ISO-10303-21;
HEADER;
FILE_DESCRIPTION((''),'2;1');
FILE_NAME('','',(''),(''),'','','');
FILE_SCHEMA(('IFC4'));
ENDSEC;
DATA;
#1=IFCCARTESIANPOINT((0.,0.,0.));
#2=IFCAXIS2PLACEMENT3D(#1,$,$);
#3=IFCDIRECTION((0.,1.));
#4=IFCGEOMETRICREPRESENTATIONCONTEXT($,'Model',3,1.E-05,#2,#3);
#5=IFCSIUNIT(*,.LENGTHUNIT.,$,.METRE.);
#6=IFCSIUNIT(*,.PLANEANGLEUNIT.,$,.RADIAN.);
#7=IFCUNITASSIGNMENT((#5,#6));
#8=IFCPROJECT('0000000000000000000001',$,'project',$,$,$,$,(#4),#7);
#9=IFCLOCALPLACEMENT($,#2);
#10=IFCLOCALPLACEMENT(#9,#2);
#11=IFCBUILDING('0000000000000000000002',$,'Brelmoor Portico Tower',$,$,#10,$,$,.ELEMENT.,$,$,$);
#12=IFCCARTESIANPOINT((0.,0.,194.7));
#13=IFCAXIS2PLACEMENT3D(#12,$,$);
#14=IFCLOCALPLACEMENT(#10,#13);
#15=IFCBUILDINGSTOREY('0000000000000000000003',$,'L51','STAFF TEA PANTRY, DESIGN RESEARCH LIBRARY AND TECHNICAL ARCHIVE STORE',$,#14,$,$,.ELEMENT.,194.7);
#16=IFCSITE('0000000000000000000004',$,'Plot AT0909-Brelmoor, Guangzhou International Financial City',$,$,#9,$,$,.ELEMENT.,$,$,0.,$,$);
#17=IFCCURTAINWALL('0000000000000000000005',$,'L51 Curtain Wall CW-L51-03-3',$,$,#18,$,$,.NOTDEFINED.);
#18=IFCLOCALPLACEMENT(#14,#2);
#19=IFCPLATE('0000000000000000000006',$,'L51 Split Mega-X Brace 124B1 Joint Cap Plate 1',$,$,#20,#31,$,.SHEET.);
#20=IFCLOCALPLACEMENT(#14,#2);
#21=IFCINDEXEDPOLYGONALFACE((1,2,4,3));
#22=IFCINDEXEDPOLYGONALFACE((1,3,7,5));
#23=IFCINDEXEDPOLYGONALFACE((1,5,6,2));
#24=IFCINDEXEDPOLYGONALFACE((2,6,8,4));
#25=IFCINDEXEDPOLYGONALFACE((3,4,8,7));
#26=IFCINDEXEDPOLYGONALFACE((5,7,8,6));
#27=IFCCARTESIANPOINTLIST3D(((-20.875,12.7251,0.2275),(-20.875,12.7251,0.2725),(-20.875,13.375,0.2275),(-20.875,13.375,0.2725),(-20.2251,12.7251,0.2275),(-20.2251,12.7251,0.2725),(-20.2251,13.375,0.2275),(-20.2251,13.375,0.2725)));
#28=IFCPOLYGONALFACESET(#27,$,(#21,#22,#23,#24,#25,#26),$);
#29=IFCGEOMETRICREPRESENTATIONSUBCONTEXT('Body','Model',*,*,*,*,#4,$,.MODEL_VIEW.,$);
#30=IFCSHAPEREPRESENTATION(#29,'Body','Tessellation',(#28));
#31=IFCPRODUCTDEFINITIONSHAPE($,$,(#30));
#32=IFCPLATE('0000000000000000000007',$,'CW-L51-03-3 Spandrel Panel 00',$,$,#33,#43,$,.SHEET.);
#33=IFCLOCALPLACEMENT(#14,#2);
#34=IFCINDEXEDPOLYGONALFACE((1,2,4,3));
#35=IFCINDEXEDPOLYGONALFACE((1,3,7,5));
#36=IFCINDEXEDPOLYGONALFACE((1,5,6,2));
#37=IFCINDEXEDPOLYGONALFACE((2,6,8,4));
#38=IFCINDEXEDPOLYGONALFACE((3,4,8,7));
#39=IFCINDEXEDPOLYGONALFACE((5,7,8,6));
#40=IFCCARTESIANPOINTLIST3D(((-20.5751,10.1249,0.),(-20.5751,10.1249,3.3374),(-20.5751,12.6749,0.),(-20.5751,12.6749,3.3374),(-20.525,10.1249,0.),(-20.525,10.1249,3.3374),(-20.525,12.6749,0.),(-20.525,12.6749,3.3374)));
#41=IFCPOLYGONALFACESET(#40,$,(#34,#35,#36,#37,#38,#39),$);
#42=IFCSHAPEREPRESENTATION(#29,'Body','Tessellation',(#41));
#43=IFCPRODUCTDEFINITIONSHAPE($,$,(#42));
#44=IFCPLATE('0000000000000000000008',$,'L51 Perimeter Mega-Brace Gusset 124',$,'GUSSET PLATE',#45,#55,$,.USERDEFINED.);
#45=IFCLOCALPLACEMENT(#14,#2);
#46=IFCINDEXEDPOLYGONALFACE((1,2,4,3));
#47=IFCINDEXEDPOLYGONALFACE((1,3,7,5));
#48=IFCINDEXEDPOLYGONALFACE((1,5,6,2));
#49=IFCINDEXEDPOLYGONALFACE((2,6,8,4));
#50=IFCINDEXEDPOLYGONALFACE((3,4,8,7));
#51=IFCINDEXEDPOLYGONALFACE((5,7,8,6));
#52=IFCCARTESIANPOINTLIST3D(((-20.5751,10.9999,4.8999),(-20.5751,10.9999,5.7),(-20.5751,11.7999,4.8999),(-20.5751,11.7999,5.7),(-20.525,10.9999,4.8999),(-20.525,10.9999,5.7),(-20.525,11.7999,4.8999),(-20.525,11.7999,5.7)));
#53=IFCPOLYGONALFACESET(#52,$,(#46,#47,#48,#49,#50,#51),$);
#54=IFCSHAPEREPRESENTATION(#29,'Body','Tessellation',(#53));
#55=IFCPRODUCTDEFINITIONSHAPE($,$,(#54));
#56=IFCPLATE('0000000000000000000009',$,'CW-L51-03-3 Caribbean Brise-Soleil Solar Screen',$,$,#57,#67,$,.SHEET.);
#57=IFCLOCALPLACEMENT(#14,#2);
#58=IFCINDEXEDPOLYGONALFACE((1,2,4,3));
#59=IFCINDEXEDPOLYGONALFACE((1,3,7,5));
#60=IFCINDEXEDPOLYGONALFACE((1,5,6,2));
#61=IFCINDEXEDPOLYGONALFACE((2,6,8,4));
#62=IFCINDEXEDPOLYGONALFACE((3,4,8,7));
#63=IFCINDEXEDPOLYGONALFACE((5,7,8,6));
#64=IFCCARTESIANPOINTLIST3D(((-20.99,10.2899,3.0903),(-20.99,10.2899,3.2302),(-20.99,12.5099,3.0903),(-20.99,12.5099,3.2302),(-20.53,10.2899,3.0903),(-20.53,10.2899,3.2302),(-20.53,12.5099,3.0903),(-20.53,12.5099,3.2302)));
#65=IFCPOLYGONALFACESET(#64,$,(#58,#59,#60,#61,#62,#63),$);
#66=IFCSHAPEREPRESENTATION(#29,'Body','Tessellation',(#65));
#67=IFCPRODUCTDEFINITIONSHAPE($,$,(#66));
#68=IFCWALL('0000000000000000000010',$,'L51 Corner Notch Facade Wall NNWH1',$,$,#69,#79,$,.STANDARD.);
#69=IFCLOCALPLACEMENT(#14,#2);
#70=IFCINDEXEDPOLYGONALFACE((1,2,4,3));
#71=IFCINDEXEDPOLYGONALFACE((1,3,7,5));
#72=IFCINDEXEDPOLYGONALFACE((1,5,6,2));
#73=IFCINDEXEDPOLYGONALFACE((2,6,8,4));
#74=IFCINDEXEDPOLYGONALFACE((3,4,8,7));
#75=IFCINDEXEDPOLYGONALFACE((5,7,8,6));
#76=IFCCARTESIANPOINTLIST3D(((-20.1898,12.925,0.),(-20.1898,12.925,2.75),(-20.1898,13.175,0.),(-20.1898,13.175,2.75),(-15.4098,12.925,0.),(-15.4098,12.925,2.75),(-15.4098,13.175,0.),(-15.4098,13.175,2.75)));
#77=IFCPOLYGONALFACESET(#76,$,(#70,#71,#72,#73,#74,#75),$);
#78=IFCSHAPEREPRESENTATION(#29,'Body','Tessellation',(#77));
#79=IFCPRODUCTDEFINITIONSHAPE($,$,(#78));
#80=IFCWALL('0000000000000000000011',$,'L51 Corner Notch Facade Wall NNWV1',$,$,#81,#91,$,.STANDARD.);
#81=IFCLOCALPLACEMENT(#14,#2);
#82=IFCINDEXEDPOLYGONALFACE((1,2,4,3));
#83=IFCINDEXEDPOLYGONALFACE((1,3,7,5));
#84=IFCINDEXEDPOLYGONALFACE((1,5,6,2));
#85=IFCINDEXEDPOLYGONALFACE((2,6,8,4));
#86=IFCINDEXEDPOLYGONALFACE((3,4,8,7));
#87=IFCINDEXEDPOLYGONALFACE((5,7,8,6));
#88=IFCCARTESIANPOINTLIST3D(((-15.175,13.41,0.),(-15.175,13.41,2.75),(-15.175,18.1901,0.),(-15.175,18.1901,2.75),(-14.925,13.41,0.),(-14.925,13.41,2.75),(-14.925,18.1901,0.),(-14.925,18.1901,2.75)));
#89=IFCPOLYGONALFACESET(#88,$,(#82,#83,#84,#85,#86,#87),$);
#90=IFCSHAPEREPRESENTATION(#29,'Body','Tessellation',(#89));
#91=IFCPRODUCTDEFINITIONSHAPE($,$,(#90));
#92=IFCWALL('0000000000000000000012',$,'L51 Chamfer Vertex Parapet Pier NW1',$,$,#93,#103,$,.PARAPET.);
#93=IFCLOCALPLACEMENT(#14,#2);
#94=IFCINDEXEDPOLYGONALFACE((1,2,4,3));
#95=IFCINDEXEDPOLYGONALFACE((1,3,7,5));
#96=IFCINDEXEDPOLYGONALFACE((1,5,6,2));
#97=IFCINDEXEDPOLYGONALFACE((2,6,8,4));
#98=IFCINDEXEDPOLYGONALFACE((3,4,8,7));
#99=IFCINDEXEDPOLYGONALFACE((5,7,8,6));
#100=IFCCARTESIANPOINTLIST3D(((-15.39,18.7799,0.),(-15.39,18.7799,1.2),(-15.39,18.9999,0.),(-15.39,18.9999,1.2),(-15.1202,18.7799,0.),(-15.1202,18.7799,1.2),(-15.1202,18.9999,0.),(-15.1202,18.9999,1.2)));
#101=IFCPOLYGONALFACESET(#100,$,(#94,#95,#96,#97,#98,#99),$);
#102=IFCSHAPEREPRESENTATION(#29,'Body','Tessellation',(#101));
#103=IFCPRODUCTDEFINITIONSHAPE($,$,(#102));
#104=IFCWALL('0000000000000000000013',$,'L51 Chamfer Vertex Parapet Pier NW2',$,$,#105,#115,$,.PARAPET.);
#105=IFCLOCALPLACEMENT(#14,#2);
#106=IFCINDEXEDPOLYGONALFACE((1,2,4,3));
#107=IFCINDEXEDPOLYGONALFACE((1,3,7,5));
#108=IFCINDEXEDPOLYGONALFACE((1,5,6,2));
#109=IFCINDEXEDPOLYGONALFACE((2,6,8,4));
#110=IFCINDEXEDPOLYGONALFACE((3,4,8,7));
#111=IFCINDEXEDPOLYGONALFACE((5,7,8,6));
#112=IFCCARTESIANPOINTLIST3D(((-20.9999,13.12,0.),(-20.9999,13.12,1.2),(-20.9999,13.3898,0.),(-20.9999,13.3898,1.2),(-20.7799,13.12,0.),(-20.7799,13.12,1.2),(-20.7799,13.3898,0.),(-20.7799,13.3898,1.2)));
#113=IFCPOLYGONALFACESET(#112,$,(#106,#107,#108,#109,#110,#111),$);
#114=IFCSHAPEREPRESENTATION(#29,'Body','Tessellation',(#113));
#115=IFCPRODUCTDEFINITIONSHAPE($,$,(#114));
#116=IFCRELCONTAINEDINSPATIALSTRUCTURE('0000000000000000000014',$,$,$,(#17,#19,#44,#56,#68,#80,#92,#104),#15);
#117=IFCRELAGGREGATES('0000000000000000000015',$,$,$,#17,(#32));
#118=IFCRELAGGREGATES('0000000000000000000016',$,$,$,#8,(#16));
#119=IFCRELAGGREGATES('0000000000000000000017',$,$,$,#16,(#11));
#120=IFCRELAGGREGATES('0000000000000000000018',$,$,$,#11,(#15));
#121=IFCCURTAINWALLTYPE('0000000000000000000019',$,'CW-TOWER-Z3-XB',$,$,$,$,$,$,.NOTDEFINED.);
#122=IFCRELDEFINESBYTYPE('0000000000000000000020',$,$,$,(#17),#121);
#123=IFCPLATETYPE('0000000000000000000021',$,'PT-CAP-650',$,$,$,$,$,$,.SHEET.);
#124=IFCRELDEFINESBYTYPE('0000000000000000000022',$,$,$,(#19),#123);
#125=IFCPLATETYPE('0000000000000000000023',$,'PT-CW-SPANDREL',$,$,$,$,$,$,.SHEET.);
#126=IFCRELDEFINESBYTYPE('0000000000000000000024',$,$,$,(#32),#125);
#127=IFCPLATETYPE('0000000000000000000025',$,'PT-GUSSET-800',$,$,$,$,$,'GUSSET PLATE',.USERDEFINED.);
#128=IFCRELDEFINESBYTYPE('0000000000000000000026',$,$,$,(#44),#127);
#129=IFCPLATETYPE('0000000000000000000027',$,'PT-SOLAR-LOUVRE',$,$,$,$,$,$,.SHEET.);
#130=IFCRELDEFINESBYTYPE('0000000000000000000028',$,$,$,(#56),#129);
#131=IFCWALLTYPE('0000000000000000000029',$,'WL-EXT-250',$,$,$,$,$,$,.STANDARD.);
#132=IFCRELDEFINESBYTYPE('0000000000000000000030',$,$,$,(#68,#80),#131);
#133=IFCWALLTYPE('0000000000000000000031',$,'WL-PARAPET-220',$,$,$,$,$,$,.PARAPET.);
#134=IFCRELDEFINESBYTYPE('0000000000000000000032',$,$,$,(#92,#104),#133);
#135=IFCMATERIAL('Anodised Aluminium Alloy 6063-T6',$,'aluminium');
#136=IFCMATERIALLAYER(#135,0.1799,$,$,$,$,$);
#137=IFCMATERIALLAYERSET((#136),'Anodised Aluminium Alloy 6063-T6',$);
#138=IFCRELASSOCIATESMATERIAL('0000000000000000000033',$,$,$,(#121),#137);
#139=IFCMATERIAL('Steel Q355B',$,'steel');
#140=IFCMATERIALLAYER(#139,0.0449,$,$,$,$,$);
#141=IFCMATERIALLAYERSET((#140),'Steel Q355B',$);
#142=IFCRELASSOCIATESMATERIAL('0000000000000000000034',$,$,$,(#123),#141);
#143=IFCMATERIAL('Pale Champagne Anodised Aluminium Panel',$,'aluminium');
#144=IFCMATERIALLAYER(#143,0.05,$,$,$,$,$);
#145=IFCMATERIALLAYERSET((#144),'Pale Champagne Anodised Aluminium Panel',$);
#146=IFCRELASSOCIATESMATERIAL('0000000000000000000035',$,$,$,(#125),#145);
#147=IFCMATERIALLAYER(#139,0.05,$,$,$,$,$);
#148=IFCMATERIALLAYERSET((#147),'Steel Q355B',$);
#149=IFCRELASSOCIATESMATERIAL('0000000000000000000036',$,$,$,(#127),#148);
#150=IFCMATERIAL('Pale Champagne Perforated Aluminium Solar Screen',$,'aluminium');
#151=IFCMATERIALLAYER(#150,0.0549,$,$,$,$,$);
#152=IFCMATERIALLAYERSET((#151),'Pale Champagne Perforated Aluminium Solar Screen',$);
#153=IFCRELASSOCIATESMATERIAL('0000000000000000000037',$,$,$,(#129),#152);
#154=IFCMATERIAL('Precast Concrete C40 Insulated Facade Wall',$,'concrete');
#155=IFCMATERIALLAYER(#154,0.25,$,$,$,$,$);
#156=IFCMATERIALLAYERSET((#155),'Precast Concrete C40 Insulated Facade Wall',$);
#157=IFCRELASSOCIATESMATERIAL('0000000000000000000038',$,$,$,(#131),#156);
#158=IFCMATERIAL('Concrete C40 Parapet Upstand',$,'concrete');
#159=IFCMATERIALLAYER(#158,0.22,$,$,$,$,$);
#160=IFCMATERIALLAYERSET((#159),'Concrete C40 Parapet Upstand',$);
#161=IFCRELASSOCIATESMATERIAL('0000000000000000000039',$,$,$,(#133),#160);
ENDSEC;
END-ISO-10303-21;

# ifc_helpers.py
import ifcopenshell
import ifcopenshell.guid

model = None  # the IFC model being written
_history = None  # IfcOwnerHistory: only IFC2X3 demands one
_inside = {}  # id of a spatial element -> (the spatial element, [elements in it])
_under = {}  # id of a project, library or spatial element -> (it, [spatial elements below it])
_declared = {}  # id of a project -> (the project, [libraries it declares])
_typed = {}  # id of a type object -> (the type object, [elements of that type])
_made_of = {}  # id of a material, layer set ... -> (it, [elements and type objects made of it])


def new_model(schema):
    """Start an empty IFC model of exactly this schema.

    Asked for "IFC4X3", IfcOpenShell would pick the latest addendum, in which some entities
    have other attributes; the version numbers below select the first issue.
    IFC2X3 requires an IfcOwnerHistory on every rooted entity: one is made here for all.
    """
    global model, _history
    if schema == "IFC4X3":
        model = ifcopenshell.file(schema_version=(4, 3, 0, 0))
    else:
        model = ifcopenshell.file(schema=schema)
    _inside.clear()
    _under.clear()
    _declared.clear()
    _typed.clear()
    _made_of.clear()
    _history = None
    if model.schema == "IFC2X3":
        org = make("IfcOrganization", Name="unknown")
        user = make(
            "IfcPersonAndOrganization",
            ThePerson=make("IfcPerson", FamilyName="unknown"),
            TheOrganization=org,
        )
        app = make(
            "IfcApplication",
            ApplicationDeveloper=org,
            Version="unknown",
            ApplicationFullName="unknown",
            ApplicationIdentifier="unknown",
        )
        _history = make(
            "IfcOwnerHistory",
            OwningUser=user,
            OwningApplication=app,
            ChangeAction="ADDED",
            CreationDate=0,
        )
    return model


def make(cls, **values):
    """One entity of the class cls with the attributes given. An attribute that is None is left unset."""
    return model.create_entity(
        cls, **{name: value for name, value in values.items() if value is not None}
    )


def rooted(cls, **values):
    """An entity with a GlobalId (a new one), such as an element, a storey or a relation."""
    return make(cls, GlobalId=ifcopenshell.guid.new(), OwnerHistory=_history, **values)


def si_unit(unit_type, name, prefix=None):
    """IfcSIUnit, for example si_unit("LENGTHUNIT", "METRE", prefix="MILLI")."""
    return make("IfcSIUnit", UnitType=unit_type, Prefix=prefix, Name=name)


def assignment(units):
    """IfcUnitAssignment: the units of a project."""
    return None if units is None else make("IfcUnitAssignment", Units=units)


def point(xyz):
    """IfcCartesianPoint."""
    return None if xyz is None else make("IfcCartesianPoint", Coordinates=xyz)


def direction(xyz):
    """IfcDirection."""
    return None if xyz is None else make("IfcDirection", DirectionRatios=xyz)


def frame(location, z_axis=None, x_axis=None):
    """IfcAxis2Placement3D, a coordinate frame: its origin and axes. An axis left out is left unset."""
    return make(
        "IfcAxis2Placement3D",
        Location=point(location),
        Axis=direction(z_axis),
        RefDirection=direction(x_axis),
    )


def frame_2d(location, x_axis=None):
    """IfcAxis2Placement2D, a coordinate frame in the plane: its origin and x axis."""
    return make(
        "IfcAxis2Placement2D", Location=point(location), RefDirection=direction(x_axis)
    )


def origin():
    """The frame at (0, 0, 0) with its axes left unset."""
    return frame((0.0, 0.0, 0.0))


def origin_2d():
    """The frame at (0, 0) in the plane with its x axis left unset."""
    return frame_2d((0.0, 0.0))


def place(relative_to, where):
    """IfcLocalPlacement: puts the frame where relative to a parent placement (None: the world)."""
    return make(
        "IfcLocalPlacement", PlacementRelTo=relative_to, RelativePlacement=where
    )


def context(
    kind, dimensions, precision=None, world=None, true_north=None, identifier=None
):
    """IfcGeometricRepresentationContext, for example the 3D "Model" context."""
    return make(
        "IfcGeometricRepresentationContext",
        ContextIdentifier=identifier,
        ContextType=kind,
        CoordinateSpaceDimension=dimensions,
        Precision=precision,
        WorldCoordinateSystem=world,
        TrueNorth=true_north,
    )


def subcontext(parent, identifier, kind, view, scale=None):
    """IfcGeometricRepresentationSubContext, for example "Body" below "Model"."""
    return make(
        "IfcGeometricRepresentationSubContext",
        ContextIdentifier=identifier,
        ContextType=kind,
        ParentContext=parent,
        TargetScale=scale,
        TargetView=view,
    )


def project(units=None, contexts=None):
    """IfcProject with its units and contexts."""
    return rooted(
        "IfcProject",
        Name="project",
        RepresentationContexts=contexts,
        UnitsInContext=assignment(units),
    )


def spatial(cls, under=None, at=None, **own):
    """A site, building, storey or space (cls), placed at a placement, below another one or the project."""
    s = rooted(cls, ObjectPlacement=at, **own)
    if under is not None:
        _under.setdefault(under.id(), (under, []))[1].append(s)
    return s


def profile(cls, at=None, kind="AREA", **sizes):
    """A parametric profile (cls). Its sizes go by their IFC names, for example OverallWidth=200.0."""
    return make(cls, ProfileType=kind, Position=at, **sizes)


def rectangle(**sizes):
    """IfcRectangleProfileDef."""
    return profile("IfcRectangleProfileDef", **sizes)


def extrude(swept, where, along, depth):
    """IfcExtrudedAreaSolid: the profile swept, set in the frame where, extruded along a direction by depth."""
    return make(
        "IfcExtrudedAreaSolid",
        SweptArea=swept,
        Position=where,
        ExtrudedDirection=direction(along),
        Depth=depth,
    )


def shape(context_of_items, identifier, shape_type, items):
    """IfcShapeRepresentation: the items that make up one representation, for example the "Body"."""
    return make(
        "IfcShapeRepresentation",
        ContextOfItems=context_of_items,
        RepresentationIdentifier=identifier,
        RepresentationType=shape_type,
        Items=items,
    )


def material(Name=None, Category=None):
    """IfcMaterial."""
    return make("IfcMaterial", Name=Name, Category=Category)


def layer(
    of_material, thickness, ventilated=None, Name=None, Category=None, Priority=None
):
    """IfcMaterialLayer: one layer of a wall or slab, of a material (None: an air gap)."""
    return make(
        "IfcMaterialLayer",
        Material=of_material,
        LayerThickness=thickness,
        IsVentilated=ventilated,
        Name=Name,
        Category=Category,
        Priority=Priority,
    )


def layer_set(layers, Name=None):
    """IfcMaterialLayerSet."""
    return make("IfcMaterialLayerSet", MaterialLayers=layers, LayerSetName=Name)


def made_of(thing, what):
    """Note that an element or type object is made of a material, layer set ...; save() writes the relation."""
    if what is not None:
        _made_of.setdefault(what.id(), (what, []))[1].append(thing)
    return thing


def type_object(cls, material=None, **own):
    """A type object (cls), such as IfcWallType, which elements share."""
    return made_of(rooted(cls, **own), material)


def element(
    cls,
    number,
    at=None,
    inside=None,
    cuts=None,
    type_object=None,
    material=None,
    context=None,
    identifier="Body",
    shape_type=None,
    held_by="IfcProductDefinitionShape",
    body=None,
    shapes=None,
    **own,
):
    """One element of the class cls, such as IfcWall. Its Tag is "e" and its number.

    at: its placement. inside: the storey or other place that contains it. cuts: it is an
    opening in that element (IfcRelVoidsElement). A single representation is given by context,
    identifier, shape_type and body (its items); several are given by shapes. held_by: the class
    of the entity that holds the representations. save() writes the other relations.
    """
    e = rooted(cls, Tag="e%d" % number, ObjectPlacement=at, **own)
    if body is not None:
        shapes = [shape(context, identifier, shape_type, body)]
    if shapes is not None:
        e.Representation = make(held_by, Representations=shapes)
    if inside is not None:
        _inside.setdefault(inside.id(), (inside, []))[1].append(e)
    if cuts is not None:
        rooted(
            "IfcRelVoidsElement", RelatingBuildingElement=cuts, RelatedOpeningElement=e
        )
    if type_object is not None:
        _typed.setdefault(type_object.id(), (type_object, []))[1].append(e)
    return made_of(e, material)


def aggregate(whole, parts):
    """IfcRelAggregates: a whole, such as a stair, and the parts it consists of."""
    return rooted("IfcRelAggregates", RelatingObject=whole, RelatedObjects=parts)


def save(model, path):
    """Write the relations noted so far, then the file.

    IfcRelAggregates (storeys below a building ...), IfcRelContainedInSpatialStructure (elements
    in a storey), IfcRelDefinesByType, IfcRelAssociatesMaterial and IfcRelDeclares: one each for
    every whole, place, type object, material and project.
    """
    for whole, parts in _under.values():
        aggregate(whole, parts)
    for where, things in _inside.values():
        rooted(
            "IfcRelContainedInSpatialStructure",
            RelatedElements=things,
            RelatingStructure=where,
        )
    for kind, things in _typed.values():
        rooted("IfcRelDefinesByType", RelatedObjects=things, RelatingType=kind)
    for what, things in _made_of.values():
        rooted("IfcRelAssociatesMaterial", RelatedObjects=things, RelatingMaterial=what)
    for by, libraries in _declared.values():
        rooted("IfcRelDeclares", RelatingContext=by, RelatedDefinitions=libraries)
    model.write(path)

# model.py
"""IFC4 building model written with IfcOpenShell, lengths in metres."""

from ifc_helpers import new_model, si_unit, direction, frame, frame_2d, origin, origin_2d, place, context, subcontext, project, spatial, rectangle, extrude, material, layer, layer_set, type_object, element, aggregate, save


model = new_model("IFC4")

# Units and contexts
model_context = context("Model", 3, precision=1e-05, world=origin(), true_north=direction((0.0, 1.0)))
body_context = subcontext(model_context, "Body", "Model", "MODEL_VIEW")
ifc_project = project(units=[si_unit("LENGTHUNIT", "METRE"), si_unit("PLANEANGLEUNIT", "RADIAN")], contexts=[model_context])

# Site, building, storey
site_placement = place(None, origin())
site = spatial("IfcSite", under=ifc_project, at=site_placement, Name="Plot AT0909-Brelmoor, Guangzhou International Financial City", CompositionType="ELEMENT", RefElevation=0.0)
building_placement = place(site_placement, origin())
building = spatial("IfcBuilding", under=site, at=building_placement, Name="Brelmoor Portico Tower", CompositionType="ELEMENT")
storey_placement = place(building_placement, frame((0.0, 0.0, 194.7)))
storey = spatial("IfcBuildingStorey", under=building, at=storey_placement, Name="L51", Description="STAFF TEA PANTRY, DESIGN RESEARCH LIBRARY AND TECHNICAL ARCHIVE STORE", CompositionType="ELEMENT", Elevation=194.7)

# Shared definitions
ifc_material_1 = material(Name="Steel Q355B", Category="steel")

# Curtain wall
ifc_material_2 = material(Name="Anodised Aluminium Alloy 6063-T6", Category="aluminium")
ifc_layer_1 = layer(ifc_material_2, 0.1799)
ifc_layer_set_1 = layer_set([ifc_layer_1], Name="Anodised Aluminium Alloy 6063-T6")
curtain_wall_type = type_object("IfcCurtainWallType", Name="CW-TOWER-Z3-XB", PredefinedType="NOTDEFINED", material=ifc_layer_set_1)
curtain_wall_1_placement = place(storey_placement, origin())
curtain_wall_1 = element("IfcCurtainWall", 1, at=curtain_wall_1_placement, inside=storey, type_object=curtain_wall_type, Name="L51 Curtain Wall CW-L51-03-3", PredefinedType="NOTDEFINED")

# Plate
ifc_layer_2 = layer(ifc_material_1, 0.0449)
ifc_layer_set_2 = layer_set([ifc_layer_2], Name="Steel Q355B")
plate_type_1 = type_object("IfcPlateType", Name="PT-CAP-650", PredefinedType="SHEET", material=ifc_layer_set_2)
for number, where, z_axis, x_axis, name in (
    (2, (-20.55, 13.05, 0.2275), (0.0, 0.0, 1.0), (1.0, 0.0, 0.0), "L51 Split Mega-X Brace 124B1 Joint Cap Plate 1"),
):
    element("IfcPlate", number, at=place(storey_placement, frame(where, z_axis=z_axis, x_axis=x_axis)), inside=storey, type_object=plate_type_1, Name=name, PredefinedType="SHEET", context=body_context, shape_type="SweptSolid", body=[
        extrude(rectangle(XDim=0.6499, YDim=0.6499, at=origin_2d()), origin(), (0.0, 0.0, 1.0), 0.0449),
    ])

# Plate
ifc_material_3 = material(Name="Pale Champagne Anodised Aluminium Panel", Category="aluminium")
ifc_layer_3 = layer(ifc_material_3, 0.05)
ifc_layer_set_3 = layer_set([ifc_layer_3], Name="Pale Champagne Anodised Aluminium Panel")
plate_type_2 = type_object("IfcPlateType", Name="PT-CW-SPANDREL", PredefinedType="SHEET", material=ifc_layer_set_3)
plate_1_placement = place(storey_placement, frame((-20.55, 11.3999, 0.0), z_axis=(0.0, 0.0, 1.0), x_axis=(0.0, 1.0, 0.0)))
plate_1 = element("IfcPlate", 3, at=plate_1_placement, type_object=plate_type_2, Name="CW-L51-03-3 Spandrel Panel 00", PredefinedType="SHEET", context=body_context, shape_type="SweptSolid", body=[
    extrude(rectangle(XDim=2.55, YDim=0.05, at=origin_2d()), origin(), (0.0, 0.0, 1.0), 3.3374),
])
aggregate(curtain_wall_1, [plate_1])

# Plates
ifc_layer_4 = layer(ifc_material_1, 0.05)
ifc_layer_set_4 = layer_set([ifc_layer_4], Name="Steel Q355B")
plate_type_3 = type_object("IfcPlateType", Name="PT-GUSSET-800", ElementType="GUSSET PLATE", PredefinedType="USERDEFINED", material=ifc_layer_set_4)
plate_2_placement = place(storey_placement, frame((-20.55, 11.3999, 4.8999), z_axis=(0.0, 0.0, 1.0), x_axis=(1.0, 0.0, 0.0)))
element("IfcPlate", 4, at=plate_2_placement, inside=storey, type_object=plate_type_3, Name="L51 Perimeter Mega-Brace Gusset 124", ObjectType="GUSSET PLATE", PredefinedType="USERDEFINED", context=body_context, shape_type="SweptSolid", body=[
    extrude(rectangle(XDim=0.05, YDim=0.8, at=origin_2d()), origin(), (0.0, 0.0, 1.0), 0.8),
])
ifc_material_4 = material(Name="Pale Champagne Perforated Aluminium Solar Screen", Category="aluminium")
ifc_layer_5 = layer(ifc_material_4, 0.0549)
ifc_layer_set_5 = layer_set([ifc_layer_5], Name="Pale Champagne Perforated Aluminium Solar Screen")
plate_type_4 = type_object("IfcPlateType", Name="PT-SOLAR-LOUVRE", PredefinedType="SHEET", material=ifc_layer_set_5)
plate_3_placement = place(storey_placement, frame((-20.76, 11.3999, 3.0903), z_axis=(0.0, 0.0, 1.0), x_axis=(0.0, 1.0, 0.0)))
element("IfcPlate", 5, at=plate_3_placement, inside=storey, type_object=plate_type_4, Name="CW-L51-03-3 Caribbean Brise-Soleil Solar Screen", PredefinedType="SHEET", context=body_context, shape_type="SweptSolid", body=[
    extrude(rectangle(XDim=2.22, YDim=0.46, at=origin_2d()), origin(), (0.0, 0.0, 1.0), 0.1399),
])

# Walls
ifc_material_5 = material(Name="Precast Concrete C40 Insulated Facade Wall", Category="concrete")
ifc_layer_6 = layer(ifc_material_5, 0.25)
ifc_layer_set_6 = layer_set([ifc_layer_6], Name="Precast Concrete C40 Insulated Facade Wall")
wall_type_1 = type_object("IfcWallType", Name="WL-EXT-250", PredefinedType="STANDARD", material=ifc_layer_set_6)
for number, where, z_axis, x_axis, name in (
    (6, (-20.1899, 13.05, 0.0), (0.0, 0.0, 1.0), (1.0, 0.0, 0.0), "L51 Corner Notch Facade Wall NNWH1"),
    (7, (-15.05, 13.4099, 0.0), (0.0, 0.0, 1.0), (0.0, 1.0, 0.0), "L51 Corner Notch Facade Wall NNWV1"),
):
    element("IfcWall", number, at=place(storey_placement, frame(where, z_axis=z_axis, x_axis=x_axis)), inside=storey, type_object=wall_type_1, Name=name, PredefinedType="STANDARD", context=body_context, shape_type="SweptSolid", body=[
        extrude(rectangle(XDim=4.78, YDim=0.25, at=frame_2d((2.3901, 0.0))), origin(), (0.0, 0.0, 1.0), 2.75),
    ])
ifc_material_6 = material(Name="Concrete C40 Parapet Upstand", Category="concrete")
ifc_layer_7 = layer(ifc_material_6, 0.22)
ifc_layer_set_7 = layer_set([ifc_layer_7], Name="Concrete C40 Parapet Upstand")
wall_type_2 = type_object("IfcWallType", Name="WL-PARAPET-220", PredefinedType="PARAPET", material=ifc_layer_set_7)
for number, where, z_axis, x_axis, name in (
    (8, (-15.3899, 18.8899, 0.0), (0.0, 0.0, 1.0), (1.0, 0.0, 0.0), "L51 Chamfer Vertex Parapet Pier NW1"),
    (9, (-20.8899, 13.1201, 0.0), (0.0, 0.0, 1.0), (0.0, 1.0, 0.0), "L51 Chamfer Vertex Parapet Pier NW2"),
):
    element("IfcWall", number, at=place(storey_placement, frame(where, z_axis=z_axis, x_axis=x_axis)), inside=storey, type_object=wall_type_2, Name=name, PredefinedType="PARAPET", context=body_context, shape_type="SweptSolid", body=[
        extrude(rectangle(XDim=0.2698, YDim=0.22, at=frame_2d((0.1348, 0.0))), origin(), (0.0, 0.0, 1.0), 1.2),
    ])

save(model, "model.ifc")
